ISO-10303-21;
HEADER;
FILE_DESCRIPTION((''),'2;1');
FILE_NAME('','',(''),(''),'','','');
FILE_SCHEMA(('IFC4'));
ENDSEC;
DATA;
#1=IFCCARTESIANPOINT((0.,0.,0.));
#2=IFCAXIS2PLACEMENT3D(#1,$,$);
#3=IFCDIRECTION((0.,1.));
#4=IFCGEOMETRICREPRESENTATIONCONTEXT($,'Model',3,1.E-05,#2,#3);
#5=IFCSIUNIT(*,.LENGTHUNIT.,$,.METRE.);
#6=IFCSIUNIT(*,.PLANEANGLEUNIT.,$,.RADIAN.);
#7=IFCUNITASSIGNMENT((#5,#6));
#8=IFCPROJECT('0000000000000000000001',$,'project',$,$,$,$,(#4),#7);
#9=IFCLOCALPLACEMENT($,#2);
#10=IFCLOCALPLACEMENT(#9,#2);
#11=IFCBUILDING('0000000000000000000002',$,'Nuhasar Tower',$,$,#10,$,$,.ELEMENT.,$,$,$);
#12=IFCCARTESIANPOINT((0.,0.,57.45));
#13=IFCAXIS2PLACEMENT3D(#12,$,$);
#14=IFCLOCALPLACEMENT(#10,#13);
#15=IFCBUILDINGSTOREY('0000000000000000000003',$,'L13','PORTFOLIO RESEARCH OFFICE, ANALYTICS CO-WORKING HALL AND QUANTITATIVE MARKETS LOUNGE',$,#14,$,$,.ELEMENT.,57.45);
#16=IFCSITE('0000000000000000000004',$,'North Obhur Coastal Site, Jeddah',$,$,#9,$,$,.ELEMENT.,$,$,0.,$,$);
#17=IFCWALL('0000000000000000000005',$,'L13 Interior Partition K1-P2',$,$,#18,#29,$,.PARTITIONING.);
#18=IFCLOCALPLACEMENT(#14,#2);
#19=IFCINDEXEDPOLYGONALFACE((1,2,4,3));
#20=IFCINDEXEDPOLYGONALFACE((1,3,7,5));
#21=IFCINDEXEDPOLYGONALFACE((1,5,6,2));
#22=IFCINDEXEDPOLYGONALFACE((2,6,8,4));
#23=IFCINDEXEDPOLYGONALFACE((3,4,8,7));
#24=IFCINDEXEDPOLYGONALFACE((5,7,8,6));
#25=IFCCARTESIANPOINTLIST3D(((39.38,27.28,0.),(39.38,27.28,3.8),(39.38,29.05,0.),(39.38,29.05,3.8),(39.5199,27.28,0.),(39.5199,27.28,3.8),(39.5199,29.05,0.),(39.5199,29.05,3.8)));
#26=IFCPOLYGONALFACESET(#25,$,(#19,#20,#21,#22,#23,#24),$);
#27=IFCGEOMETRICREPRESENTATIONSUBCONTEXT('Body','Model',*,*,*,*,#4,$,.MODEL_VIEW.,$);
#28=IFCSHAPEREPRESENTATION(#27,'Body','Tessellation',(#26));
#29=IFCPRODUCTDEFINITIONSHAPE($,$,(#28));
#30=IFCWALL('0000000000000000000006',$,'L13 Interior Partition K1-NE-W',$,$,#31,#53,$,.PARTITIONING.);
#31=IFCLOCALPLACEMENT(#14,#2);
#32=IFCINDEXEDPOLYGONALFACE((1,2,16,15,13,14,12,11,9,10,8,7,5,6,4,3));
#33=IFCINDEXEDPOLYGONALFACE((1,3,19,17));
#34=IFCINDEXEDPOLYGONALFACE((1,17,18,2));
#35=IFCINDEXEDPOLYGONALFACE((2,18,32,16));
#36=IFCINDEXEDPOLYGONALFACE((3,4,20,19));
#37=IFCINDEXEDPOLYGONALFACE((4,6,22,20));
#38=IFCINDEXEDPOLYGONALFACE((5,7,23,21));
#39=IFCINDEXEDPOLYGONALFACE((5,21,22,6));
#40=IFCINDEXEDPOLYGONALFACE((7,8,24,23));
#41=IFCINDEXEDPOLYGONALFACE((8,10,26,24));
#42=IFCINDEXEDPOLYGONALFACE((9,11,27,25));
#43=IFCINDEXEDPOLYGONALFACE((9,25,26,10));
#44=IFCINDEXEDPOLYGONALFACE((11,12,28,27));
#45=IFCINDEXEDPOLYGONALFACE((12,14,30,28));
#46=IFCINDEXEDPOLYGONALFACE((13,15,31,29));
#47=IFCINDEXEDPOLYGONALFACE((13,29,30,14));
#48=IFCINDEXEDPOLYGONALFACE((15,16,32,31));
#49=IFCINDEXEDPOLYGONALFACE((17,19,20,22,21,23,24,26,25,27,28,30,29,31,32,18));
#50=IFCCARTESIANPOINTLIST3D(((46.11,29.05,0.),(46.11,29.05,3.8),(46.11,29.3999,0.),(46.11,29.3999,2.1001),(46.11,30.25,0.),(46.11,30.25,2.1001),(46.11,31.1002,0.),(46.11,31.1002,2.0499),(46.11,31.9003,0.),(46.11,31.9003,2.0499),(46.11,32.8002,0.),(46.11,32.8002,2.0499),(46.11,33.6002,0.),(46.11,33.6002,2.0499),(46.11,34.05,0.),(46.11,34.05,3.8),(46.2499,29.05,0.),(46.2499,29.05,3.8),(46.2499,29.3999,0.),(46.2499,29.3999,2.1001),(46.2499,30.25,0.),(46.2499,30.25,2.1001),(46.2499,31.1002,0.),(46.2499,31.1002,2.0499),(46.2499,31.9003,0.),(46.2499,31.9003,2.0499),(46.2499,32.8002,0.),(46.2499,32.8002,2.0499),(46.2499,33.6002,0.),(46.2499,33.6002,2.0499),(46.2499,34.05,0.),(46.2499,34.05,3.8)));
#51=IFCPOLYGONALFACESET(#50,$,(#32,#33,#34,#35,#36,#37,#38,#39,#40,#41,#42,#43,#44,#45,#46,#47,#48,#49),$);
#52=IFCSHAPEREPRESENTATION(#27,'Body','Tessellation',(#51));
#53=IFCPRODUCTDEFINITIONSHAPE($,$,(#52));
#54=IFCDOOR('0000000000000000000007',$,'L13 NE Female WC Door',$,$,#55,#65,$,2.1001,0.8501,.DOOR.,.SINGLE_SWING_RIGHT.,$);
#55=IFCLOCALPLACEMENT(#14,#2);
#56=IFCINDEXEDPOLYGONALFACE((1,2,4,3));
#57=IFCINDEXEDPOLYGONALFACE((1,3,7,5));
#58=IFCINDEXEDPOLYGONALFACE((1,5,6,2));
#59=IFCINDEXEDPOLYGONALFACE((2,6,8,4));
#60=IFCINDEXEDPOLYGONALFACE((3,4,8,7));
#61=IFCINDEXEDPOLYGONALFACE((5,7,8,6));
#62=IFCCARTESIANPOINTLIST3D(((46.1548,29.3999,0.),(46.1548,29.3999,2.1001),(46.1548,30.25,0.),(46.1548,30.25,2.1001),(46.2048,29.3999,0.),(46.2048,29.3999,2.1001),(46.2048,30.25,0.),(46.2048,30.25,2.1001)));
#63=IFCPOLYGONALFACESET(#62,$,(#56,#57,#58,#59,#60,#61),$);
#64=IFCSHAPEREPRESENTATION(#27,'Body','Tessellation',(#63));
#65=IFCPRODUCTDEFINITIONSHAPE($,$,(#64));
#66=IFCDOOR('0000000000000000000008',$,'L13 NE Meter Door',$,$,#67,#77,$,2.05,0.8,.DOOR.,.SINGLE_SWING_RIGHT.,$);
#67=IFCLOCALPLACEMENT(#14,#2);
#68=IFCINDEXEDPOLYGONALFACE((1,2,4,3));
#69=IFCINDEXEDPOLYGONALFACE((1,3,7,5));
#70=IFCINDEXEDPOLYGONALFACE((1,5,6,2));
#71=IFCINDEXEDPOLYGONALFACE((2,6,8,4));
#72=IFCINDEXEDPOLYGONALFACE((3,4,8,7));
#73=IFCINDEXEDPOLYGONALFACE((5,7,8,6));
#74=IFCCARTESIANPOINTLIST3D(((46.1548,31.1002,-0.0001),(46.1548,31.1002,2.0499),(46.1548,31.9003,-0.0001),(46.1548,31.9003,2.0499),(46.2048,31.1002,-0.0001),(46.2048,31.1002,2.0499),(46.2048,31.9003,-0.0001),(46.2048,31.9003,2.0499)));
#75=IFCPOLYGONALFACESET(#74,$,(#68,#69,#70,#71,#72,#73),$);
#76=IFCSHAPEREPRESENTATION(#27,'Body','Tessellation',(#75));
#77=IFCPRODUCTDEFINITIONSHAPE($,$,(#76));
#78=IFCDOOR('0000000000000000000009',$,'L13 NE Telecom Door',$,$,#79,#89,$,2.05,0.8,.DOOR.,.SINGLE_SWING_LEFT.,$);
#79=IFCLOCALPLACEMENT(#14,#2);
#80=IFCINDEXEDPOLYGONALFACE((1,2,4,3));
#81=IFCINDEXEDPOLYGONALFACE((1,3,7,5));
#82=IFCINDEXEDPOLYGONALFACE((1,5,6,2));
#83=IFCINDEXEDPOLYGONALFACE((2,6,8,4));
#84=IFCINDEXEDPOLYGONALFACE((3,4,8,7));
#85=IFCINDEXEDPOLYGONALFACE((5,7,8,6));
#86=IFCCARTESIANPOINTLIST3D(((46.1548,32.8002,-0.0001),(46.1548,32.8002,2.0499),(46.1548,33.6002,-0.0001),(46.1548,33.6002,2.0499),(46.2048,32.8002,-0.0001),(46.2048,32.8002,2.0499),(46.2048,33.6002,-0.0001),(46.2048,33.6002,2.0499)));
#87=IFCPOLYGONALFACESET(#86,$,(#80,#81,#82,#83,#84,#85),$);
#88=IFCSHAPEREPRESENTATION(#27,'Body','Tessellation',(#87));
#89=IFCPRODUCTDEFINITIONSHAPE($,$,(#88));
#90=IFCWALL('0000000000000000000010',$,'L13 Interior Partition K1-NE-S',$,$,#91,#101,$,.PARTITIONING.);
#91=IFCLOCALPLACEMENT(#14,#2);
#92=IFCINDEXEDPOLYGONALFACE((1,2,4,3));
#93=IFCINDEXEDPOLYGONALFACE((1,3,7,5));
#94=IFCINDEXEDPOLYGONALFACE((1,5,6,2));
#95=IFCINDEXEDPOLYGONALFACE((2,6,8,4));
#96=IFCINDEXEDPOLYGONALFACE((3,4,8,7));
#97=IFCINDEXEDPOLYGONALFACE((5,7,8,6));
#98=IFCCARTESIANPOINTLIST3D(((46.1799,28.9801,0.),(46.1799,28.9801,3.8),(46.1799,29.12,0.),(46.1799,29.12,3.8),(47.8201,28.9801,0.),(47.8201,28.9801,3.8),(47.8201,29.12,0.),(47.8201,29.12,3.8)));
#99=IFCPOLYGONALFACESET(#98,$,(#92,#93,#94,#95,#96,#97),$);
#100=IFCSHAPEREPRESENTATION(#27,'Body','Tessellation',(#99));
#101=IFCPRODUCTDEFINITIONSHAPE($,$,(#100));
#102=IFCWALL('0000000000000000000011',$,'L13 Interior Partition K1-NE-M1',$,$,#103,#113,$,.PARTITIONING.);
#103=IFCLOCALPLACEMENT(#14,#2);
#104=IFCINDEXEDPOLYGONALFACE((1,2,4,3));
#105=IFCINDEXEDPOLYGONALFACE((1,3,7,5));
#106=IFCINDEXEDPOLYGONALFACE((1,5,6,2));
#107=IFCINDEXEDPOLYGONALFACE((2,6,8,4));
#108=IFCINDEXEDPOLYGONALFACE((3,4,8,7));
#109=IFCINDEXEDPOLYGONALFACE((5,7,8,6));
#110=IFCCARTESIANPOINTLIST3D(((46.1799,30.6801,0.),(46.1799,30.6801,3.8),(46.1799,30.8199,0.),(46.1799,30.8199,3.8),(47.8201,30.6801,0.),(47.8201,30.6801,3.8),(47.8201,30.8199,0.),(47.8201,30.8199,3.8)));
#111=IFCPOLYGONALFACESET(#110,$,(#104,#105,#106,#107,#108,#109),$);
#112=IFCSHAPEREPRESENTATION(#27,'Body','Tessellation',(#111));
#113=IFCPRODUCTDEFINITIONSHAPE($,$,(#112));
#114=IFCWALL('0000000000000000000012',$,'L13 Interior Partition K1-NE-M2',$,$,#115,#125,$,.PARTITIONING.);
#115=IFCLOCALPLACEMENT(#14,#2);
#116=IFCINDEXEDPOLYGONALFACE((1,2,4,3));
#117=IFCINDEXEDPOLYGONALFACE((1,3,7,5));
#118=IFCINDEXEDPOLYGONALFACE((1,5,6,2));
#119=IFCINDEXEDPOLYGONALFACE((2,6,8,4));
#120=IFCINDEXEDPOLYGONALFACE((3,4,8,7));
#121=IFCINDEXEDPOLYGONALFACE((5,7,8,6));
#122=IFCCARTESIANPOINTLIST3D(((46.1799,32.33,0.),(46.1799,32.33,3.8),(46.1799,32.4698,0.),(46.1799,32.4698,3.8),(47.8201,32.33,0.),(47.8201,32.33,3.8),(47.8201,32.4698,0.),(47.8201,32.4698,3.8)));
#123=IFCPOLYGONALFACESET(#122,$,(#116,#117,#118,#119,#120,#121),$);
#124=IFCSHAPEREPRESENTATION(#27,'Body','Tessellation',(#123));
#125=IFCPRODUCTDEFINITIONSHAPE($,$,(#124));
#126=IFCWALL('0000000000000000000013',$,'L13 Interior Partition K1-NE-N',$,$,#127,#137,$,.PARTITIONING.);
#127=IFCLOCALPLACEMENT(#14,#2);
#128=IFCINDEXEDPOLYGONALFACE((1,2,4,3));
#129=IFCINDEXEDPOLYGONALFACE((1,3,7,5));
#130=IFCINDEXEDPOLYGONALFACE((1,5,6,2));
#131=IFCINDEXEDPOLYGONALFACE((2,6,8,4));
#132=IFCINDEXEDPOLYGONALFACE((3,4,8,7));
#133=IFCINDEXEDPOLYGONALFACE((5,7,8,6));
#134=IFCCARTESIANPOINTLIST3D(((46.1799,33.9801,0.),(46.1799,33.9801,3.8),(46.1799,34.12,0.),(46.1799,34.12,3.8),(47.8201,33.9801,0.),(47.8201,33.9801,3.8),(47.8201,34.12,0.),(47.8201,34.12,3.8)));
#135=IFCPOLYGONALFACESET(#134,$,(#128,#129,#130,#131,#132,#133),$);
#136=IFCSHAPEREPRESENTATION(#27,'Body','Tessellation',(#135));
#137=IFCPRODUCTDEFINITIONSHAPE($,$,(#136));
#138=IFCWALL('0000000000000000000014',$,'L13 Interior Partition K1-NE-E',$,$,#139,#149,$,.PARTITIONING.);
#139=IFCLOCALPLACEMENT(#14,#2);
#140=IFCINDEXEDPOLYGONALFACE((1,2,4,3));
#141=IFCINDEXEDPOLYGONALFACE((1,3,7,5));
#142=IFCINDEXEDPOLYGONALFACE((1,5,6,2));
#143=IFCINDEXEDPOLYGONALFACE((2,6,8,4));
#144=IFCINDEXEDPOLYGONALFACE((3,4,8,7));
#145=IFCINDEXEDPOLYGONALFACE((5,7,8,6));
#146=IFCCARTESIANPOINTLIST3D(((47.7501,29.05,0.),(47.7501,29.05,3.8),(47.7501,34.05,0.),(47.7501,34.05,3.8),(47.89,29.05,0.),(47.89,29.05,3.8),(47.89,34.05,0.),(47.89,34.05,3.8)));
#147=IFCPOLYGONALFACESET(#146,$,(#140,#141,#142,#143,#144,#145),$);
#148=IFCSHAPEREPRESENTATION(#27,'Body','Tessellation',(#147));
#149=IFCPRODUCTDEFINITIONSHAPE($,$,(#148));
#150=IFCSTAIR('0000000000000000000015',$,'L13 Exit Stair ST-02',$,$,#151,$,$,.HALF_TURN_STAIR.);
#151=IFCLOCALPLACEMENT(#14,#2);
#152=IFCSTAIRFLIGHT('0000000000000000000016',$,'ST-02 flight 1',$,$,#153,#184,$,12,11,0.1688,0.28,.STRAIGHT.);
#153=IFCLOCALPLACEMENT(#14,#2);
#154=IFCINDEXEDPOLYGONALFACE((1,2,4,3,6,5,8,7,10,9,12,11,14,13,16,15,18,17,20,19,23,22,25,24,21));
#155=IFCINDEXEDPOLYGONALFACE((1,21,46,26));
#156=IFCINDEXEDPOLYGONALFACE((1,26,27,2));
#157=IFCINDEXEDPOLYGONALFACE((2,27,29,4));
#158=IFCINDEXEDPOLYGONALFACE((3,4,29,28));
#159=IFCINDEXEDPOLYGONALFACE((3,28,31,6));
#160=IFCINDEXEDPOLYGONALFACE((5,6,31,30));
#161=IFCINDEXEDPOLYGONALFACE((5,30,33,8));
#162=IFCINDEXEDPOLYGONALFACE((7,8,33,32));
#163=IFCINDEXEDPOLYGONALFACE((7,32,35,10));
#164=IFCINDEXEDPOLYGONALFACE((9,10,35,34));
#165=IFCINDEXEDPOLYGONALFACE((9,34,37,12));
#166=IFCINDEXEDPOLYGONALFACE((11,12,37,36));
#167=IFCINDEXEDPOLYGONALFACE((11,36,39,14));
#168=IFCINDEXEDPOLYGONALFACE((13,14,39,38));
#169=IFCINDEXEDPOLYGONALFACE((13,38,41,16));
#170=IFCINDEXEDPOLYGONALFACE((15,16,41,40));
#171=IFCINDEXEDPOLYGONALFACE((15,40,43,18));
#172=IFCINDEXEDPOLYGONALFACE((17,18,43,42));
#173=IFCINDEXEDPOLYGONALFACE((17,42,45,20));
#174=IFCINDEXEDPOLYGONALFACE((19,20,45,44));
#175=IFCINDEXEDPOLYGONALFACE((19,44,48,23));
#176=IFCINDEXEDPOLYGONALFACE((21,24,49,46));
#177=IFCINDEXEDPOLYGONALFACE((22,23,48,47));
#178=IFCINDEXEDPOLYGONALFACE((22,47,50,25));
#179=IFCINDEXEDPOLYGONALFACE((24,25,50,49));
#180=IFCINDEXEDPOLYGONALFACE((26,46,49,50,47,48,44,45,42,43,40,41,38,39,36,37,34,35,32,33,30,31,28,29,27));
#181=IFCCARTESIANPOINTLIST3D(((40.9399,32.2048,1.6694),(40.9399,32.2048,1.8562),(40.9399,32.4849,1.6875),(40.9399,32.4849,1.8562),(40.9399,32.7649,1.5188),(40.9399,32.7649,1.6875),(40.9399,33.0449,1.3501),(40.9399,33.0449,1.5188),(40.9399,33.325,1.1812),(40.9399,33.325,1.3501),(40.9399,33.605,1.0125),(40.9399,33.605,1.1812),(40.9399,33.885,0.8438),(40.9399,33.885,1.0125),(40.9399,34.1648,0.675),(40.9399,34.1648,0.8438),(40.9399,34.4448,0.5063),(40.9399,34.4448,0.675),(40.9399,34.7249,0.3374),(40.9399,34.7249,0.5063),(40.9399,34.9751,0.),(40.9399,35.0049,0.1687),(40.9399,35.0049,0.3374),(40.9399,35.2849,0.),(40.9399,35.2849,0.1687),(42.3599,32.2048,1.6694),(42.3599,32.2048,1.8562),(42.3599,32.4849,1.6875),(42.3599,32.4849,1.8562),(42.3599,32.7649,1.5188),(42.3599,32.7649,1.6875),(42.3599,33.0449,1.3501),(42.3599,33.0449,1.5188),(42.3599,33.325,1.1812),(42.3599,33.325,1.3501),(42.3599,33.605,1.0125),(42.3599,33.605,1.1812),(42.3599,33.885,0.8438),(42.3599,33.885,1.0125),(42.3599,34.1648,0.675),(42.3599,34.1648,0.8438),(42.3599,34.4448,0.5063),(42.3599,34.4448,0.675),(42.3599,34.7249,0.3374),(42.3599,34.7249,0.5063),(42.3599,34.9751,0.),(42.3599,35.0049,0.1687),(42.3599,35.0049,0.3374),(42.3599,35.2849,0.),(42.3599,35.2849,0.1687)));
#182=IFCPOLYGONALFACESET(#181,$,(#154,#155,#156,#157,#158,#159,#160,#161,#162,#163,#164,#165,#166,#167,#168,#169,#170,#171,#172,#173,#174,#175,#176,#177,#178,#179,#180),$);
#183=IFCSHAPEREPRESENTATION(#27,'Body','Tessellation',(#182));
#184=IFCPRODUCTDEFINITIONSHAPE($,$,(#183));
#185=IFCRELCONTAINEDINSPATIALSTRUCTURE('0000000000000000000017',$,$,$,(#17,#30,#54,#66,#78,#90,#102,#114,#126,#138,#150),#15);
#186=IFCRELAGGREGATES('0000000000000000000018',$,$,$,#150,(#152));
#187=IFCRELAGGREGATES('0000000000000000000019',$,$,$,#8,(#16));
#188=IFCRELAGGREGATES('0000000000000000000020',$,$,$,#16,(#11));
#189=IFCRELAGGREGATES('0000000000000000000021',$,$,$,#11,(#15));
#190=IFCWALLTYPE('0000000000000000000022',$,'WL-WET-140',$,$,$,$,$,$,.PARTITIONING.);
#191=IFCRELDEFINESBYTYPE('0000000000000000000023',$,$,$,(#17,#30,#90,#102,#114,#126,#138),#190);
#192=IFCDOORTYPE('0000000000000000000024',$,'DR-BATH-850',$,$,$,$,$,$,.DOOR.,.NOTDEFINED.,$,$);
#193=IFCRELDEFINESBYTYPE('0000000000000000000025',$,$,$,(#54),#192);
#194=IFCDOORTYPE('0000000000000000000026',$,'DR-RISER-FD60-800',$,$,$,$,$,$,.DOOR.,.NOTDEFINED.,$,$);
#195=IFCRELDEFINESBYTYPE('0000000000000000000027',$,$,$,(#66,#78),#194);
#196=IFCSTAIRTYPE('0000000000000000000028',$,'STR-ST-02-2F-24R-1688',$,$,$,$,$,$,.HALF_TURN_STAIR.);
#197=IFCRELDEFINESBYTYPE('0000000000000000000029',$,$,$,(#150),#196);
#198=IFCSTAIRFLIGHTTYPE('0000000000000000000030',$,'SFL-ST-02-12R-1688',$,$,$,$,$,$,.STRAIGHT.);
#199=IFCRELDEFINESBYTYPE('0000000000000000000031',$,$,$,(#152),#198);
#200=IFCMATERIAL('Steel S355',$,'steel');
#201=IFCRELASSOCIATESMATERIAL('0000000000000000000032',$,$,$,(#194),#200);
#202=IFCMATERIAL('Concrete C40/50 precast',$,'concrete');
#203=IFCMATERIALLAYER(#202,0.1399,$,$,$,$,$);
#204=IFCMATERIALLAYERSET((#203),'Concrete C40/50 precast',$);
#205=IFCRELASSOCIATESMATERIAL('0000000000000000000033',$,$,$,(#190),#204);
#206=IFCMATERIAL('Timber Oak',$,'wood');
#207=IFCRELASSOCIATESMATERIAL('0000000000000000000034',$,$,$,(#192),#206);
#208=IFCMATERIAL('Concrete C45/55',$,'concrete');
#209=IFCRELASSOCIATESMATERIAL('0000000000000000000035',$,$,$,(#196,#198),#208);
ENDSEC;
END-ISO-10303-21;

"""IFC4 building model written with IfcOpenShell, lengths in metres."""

from ifc_helpers import new_model, si_unit, direction, frame, frame_2d, origin, place, context, subcontext, project, spatial, polyline, rectangle, outline, extrude, material, layer, layer_set, type_object, element, fill, aggregate, save


model = new_model("IFC4")

# Units and contexts
model_context = context("Model", 3, precision=1e-05, world=origin(), true_north=direction((0.0, 1.0)))
body_context = subcontext(model_context, "Body", "Model", "MODEL_VIEW")
ifc_project = project(units=[si_unit("LENGTHUNIT", "METRE"), si_unit("PLANEANGLEUNIT", "RADIAN")], contexts=[model_context])

# Site, building, storey
site_placement = place(None, origin())
site = spatial("IfcSite", under=ifc_project, at=site_placement, Name="North Obhur Coastal Site, Jeddah", CompositionType="ELEMENT", RefElevation=0.0)
building_placement = place(site_placement, origin())
building = spatial("IfcBuilding", under=site, at=building_placement, Name="Nuhasar Tower", CompositionType="ELEMENT")
storey_placement = place(building_placement, frame((0.0, 0.0, 57.45)))
storey = spatial("IfcBuildingStorey", under=building, at=storey_placement, Name="L13", Description="PORTFOLIO RESEARCH OFFICE, ANALYTICS CO-WORKING HALL AND QUANTITATIVE MARKETS LOUNGE", CompositionType="ELEMENT", Elevation=57.45)

# Shared definitions
ifc_material_1 = material(Name="Steel S355", Category="steel")

# Shared definitions
ifc_material_2 = material(Name="Concrete C45/55", Category="concrete")

# Shared definitions
door_type_1 = type_object("IfcDoorType", Name="DR-RISER-FD60-800", OperationType="NOTDEFINED", PredefinedType="DOOR", material=ifc_material_1)

# Wall
ifc_material_3 = material(Name="Concrete C40/50 precast", Category="concrete")
ifc_layer_1 = layer(ifc_material_3, 0.1399)
ifc_layer_set_1 = layer_set([ifc_layer_1], Name="Concrete C40/50 precast")
wall_type_1 = type_object("IfcWallType", Name="WL-WET-140", PredefinedType="PARTITIONING", material=ifc_layer_set_1)
wall_1_placement = place(storey_placement, frame((39.45, 27.28, 0.0), z_axis=(0.0, 0.0, 1.0), x_axis=(0.0, 1.0, 0.0)))
element("IfcWall", 1, at=wall_1_placement, inside=storey, type_object=wall_type_1, Name="L13 Interior Partition K1-P2", PredefinedType="PARTITIONING", context=body_context, shape_type="SweptSolid", body=[
    extrude(rectangle(XDim=1.77, YDim=0.1399, at=frame_2d((0.885, 0.0))), origin(), (0.0, 0.0, 1.0), 3.8),
])

# Wall, openings, doors
wall_2_placement = place(storey_placement, frame((46.1799, 34.05, 0.0), z_axis=(0.0, 0.0, 1.0), x_axis=(0.0, -1.0, 0.0)))
wall_2 = element("IfcWall", 2, at=wall_2_placement, inside=storey, type_object=wall_type_1, Name="L13 Interior Partition K1-NE-W", PredefinedType="PARTITIONING", context=body_context, shape_type="SweptSolid", body=[
    extrude(rectangle(XDim=5.0, YDim=0.1399, at=frame_2d((2.5, 0.0))), origin(), (0.0, 0.0, 1.0), 3.8),
])
opening_1_placement = place(wall_2_placement, frame((3.8, 0.0, 0.0)))
opening_1 = element("IfcOpeningElement", 3, at=opening_1_placement, cuts=wall_2, PredefinedType="OPENING", context=body_context, shape_type="SweptSolid", body=[
    extrude(rectangle(XDim=0.8501, YDim=2.1001, at=frame_2d((0.425, 1.05))), frame((0.0, 0.0801, 0.0), z_axis=(0.0, -1.0, 0.0), x_axis=(1.0, 0.0, 0.0)), (0.0, 0.0, 1.0), 0.1599),
])
opening_2_placement = place(wall_2_placement, frame((2.1499, 0.0, 0.0)))
opening_2 = element("IfcOpeningElement", 4, at=opening_2_placement, cuts=wall_2, PredefinedType="OPENING", context=body_context, shape_type="SweptSolid", body=[
    extrude(rectangle(XDim=0.8, YDim=2.05, at=frame_2d((0.3999, 1.0249))), frame((0.0, 0.0801, 0.0), z_axis=(0.0, -1.0, 0.0), x_axis=(1.0, 0.0, 0.0)), (0.0, 0.0, 1.0), 0.1599),
])
opening_3_placement = place(wall_2_placement, frame((0.45, 0.0, 0.0)))
opening_3 = element("IfcOpeningElement", 5, at=opening_3_placement, cuts=wall_2, PredefinedType="OPENING", context=body_context, shape_type="SweptSolid", body=[
    extrude(rectangle(XDim=0.8, YDim=2.05, at=frame_2d((0.3999, 1.0249))), frame((0.0, 0.0801, 0.0), z_axis=(0.0, -1.0, 0.0), x_axis=(1.0, 0.0, 0.0)), (0.0, 0.0, 1.0), 0.1599),
])
ifc_material_4 = material(Name="Timber Oak", Category="wood")
door_type_2 = type_object("IfcDoorType", Name="DR-BATH-850", OperationType="NOTDEFINED", PredefinedType="DOOR", material=ifc_material_4)
door_1_placement = place(opening_1_placement, origin())
door_1 = element("IfcDoor", 6, at=door_1_placement, inside=storey, type_object=door_type_2, Name="L13 NE Female WC Door", OperationType="SINGLE_SWING_RIGHT", OverallHeight=2.1001, OverallWidth=0.8501, PredefinedType="DOOR", context=body_context, shape_type="SweptSolid", body=[
    extrude(rectangle(XDim=0.8501, YDim=2.1001, at=frame_2d((0.425, 1.05))), frame((0.0, 0.0249, 0.0), z_axis=(0.0, -1.0, 0.0), x_axis=(1.0, 0.0, 0.0)), (0.0, 0.0, 1.0), 0.05),
])
fill(opening_1, door_1)
door_2_placement = place(opening_2_placement, origin())
door_2 = element("IfcDoor", 7, at=door_2_placement, inside=storey, type_object=door_type_1, Name="L13 NE Meter Door", OperationType="SINGLE_SWING_RIGHT", OverallHeight=2.05, OverallWidth=0.8, PredefinedType="DOOR", context=body_context, shape_type="SweptSolid", body=[
    extrude(rectangle(XDim=0.8, YDim=2.05, at=frame_2d((0.3999, 1.0249))), frame((0.0, 0.0249, 0.0), z_axis=(0.0, -1.0, 0.0), x_axis=(1.0, 0.0, 0.0)), (0.0, 0.0, 1.0), 0.05),
])
fill(opening_2, door_2)
door_3_placement = place(opening_3_placement, origin())
door_3 = element("IfcDoor", 8, at=door_3_placement, inside=storey, type_object=door_type_1, Name="L13 NE Telecom Door", OperationType="SINGLE_SWING_LEFT", OverallHeight=2.05, OverallWidth=0.8, PredefinedType="DOOR", context=body_context, shape_type="SweptSolid", body=[
    extrude(rectangle(XDim=0.8, YDim=2.05, at=frame_2d((0.3999, 1.0249))), frame((0.0, 0.0249, 0.0), z_axis=(0.0, -1.0, 0.0), x_axis=(1.0, 0.0, 0.0)), (0.0, 0.0, 1.0), 0.05),
])
fill(opening_3, door_3)

# Walls
for number, where, z_axis, x_axis, name in (
    (9, (46.1799, 29.05, 0.0), (0.0, 0.0, 1.0), (1.0, 0.0, 0.0), "L13 Interior Partition K1-NE-S"),
    (10, (46.1799, 30.75, 0.0), (0.0, 0.0, 1.0), (1.0, 0.0, 0.0), "L13 Interior Partition K1-NE-M1"),
    (11, (46.1799, 32.3999, 0.0), (0.0, 0.0, 1.0), (1.0, 0.0, 0.0), "L13 Interior Partition K1-NE-M2"),
    (12, (46.1799, 34.05, 0.0), (0.0, 0.0, 1.0), (1.0, 0.0, 0.0), "L13 Interior Partition K1-NE-N"),
):
    element("IfcWall", number, at=place(storey_placement, frame(where, z_axis=z_axis, x_axis=x_axis)), inside=storey, type_object=wall_type_1, Name=name, PredefinedType="PARTITIONING", context=body_context, shape_type="SweptSolid", body=[
        extrude(rectangle(XDim=1.6401, YDim=0.1399, at=frame_2d((0.8201, 0.0))), origin(), (0.0, 0.0, 1.0), 3.8),
    ])
wall_3_placement = place(storey_placement, frame((47.8201, 29.05, 0.0), z_axis=(0.0, 0.0, 1.0), x_axis=(0.0, 1.0, 0.0)))
element("IfcWall", 13, at=wall_3_placement, inside=storey, type_object=wall_type_1, Name="L13 Interior Partition K1-NE-E", PredefinedType="PARTITIONING", context=body_context, shape_type="SweptSolid", body=[
    extrude(rectangle(XDim=5.0, YDim=0.1399, at=frame_2d((2.5, 0.0))), origin(), (0.0, 0.0, 1.0), 3.8),
])

# Stair, stair flight
stair_type_1 = type_object("IfcStairType", Name="STR-ST-02-2F-24R-1688", PredefinedType="HALF_TURN_STAIR", material=ifc_material_2)
stair_1_placement = place(storey_placement, origin())
stair_1 = element("IfcStair", 14, at=stair_1_placement, inside=storey, type_object=stair_type_1, Name="L13 Exit Stair ST-02", PredefinedType="HALF_TURN_STAIR")
stair_flight_type_1 = type_object("IfcStairFlightType", Name="SFL-ST-02-12R-1688", PredefinedType="STRAIGHT", material=ifc_material_2)
stair_flight_1_placement = place(storey_placement, frame((41.6499, 35.2849, 0.0), z_axis=(0.0, 0.0, 1.0), x_axis=(0.0, -1.0, 0.0)))
stair_flight_1 = element("IfcStairFlight", 15, at=stair_flight_1_placement, type_object=stair_flight_type_1, Name="ST-02 flight 1", NumberOfRisers=12, NumberOfTreads=11, PredefinedType="STRAIGHT", RiserHeight=0.1688, TreadLength=0.28, context=body_context, shape_type="SweptSolid", body=[
    extrude(outline(polyline([(0.0, 0.0), (0.0, 0.1687), (0.28, 0.1687), (0.28, 0.3374), (0.5601, 0.3374), (0.5601, 0.5063), (0.8401, 0.5063), (0.8401, 0.675), (1.1201, 0.675), (1.1201, 0.8438), (1.3999, 0.8438), (1.3999, 1.0125), (1.6799, 1.0125), (1.6799, 1.1812), (1.96, 1.1812), (1.96, 1.3501), (2.24, 1.3501), (2.24, 1.5188), (2.52, 1.5188), (2.52, 1.6875), (2.8, 1.6875), (2.8, 1.8562), (3.0801, 1.8562), (3.0801, 2.0249), (3.0801, 1.6694), (0.3098, 0.0), (0.0, 0.0)])), frame((0.0, 0.71, 0.0), z_axis=(0.0, -1.0, 0.0), x_axis=(1.0, 0.0, 0.0)), (0.0, 0.0, 1.0), 1.4199),
])
aggregate(stair_1, [stair_flight_1])

save(model, "model.ifc")
